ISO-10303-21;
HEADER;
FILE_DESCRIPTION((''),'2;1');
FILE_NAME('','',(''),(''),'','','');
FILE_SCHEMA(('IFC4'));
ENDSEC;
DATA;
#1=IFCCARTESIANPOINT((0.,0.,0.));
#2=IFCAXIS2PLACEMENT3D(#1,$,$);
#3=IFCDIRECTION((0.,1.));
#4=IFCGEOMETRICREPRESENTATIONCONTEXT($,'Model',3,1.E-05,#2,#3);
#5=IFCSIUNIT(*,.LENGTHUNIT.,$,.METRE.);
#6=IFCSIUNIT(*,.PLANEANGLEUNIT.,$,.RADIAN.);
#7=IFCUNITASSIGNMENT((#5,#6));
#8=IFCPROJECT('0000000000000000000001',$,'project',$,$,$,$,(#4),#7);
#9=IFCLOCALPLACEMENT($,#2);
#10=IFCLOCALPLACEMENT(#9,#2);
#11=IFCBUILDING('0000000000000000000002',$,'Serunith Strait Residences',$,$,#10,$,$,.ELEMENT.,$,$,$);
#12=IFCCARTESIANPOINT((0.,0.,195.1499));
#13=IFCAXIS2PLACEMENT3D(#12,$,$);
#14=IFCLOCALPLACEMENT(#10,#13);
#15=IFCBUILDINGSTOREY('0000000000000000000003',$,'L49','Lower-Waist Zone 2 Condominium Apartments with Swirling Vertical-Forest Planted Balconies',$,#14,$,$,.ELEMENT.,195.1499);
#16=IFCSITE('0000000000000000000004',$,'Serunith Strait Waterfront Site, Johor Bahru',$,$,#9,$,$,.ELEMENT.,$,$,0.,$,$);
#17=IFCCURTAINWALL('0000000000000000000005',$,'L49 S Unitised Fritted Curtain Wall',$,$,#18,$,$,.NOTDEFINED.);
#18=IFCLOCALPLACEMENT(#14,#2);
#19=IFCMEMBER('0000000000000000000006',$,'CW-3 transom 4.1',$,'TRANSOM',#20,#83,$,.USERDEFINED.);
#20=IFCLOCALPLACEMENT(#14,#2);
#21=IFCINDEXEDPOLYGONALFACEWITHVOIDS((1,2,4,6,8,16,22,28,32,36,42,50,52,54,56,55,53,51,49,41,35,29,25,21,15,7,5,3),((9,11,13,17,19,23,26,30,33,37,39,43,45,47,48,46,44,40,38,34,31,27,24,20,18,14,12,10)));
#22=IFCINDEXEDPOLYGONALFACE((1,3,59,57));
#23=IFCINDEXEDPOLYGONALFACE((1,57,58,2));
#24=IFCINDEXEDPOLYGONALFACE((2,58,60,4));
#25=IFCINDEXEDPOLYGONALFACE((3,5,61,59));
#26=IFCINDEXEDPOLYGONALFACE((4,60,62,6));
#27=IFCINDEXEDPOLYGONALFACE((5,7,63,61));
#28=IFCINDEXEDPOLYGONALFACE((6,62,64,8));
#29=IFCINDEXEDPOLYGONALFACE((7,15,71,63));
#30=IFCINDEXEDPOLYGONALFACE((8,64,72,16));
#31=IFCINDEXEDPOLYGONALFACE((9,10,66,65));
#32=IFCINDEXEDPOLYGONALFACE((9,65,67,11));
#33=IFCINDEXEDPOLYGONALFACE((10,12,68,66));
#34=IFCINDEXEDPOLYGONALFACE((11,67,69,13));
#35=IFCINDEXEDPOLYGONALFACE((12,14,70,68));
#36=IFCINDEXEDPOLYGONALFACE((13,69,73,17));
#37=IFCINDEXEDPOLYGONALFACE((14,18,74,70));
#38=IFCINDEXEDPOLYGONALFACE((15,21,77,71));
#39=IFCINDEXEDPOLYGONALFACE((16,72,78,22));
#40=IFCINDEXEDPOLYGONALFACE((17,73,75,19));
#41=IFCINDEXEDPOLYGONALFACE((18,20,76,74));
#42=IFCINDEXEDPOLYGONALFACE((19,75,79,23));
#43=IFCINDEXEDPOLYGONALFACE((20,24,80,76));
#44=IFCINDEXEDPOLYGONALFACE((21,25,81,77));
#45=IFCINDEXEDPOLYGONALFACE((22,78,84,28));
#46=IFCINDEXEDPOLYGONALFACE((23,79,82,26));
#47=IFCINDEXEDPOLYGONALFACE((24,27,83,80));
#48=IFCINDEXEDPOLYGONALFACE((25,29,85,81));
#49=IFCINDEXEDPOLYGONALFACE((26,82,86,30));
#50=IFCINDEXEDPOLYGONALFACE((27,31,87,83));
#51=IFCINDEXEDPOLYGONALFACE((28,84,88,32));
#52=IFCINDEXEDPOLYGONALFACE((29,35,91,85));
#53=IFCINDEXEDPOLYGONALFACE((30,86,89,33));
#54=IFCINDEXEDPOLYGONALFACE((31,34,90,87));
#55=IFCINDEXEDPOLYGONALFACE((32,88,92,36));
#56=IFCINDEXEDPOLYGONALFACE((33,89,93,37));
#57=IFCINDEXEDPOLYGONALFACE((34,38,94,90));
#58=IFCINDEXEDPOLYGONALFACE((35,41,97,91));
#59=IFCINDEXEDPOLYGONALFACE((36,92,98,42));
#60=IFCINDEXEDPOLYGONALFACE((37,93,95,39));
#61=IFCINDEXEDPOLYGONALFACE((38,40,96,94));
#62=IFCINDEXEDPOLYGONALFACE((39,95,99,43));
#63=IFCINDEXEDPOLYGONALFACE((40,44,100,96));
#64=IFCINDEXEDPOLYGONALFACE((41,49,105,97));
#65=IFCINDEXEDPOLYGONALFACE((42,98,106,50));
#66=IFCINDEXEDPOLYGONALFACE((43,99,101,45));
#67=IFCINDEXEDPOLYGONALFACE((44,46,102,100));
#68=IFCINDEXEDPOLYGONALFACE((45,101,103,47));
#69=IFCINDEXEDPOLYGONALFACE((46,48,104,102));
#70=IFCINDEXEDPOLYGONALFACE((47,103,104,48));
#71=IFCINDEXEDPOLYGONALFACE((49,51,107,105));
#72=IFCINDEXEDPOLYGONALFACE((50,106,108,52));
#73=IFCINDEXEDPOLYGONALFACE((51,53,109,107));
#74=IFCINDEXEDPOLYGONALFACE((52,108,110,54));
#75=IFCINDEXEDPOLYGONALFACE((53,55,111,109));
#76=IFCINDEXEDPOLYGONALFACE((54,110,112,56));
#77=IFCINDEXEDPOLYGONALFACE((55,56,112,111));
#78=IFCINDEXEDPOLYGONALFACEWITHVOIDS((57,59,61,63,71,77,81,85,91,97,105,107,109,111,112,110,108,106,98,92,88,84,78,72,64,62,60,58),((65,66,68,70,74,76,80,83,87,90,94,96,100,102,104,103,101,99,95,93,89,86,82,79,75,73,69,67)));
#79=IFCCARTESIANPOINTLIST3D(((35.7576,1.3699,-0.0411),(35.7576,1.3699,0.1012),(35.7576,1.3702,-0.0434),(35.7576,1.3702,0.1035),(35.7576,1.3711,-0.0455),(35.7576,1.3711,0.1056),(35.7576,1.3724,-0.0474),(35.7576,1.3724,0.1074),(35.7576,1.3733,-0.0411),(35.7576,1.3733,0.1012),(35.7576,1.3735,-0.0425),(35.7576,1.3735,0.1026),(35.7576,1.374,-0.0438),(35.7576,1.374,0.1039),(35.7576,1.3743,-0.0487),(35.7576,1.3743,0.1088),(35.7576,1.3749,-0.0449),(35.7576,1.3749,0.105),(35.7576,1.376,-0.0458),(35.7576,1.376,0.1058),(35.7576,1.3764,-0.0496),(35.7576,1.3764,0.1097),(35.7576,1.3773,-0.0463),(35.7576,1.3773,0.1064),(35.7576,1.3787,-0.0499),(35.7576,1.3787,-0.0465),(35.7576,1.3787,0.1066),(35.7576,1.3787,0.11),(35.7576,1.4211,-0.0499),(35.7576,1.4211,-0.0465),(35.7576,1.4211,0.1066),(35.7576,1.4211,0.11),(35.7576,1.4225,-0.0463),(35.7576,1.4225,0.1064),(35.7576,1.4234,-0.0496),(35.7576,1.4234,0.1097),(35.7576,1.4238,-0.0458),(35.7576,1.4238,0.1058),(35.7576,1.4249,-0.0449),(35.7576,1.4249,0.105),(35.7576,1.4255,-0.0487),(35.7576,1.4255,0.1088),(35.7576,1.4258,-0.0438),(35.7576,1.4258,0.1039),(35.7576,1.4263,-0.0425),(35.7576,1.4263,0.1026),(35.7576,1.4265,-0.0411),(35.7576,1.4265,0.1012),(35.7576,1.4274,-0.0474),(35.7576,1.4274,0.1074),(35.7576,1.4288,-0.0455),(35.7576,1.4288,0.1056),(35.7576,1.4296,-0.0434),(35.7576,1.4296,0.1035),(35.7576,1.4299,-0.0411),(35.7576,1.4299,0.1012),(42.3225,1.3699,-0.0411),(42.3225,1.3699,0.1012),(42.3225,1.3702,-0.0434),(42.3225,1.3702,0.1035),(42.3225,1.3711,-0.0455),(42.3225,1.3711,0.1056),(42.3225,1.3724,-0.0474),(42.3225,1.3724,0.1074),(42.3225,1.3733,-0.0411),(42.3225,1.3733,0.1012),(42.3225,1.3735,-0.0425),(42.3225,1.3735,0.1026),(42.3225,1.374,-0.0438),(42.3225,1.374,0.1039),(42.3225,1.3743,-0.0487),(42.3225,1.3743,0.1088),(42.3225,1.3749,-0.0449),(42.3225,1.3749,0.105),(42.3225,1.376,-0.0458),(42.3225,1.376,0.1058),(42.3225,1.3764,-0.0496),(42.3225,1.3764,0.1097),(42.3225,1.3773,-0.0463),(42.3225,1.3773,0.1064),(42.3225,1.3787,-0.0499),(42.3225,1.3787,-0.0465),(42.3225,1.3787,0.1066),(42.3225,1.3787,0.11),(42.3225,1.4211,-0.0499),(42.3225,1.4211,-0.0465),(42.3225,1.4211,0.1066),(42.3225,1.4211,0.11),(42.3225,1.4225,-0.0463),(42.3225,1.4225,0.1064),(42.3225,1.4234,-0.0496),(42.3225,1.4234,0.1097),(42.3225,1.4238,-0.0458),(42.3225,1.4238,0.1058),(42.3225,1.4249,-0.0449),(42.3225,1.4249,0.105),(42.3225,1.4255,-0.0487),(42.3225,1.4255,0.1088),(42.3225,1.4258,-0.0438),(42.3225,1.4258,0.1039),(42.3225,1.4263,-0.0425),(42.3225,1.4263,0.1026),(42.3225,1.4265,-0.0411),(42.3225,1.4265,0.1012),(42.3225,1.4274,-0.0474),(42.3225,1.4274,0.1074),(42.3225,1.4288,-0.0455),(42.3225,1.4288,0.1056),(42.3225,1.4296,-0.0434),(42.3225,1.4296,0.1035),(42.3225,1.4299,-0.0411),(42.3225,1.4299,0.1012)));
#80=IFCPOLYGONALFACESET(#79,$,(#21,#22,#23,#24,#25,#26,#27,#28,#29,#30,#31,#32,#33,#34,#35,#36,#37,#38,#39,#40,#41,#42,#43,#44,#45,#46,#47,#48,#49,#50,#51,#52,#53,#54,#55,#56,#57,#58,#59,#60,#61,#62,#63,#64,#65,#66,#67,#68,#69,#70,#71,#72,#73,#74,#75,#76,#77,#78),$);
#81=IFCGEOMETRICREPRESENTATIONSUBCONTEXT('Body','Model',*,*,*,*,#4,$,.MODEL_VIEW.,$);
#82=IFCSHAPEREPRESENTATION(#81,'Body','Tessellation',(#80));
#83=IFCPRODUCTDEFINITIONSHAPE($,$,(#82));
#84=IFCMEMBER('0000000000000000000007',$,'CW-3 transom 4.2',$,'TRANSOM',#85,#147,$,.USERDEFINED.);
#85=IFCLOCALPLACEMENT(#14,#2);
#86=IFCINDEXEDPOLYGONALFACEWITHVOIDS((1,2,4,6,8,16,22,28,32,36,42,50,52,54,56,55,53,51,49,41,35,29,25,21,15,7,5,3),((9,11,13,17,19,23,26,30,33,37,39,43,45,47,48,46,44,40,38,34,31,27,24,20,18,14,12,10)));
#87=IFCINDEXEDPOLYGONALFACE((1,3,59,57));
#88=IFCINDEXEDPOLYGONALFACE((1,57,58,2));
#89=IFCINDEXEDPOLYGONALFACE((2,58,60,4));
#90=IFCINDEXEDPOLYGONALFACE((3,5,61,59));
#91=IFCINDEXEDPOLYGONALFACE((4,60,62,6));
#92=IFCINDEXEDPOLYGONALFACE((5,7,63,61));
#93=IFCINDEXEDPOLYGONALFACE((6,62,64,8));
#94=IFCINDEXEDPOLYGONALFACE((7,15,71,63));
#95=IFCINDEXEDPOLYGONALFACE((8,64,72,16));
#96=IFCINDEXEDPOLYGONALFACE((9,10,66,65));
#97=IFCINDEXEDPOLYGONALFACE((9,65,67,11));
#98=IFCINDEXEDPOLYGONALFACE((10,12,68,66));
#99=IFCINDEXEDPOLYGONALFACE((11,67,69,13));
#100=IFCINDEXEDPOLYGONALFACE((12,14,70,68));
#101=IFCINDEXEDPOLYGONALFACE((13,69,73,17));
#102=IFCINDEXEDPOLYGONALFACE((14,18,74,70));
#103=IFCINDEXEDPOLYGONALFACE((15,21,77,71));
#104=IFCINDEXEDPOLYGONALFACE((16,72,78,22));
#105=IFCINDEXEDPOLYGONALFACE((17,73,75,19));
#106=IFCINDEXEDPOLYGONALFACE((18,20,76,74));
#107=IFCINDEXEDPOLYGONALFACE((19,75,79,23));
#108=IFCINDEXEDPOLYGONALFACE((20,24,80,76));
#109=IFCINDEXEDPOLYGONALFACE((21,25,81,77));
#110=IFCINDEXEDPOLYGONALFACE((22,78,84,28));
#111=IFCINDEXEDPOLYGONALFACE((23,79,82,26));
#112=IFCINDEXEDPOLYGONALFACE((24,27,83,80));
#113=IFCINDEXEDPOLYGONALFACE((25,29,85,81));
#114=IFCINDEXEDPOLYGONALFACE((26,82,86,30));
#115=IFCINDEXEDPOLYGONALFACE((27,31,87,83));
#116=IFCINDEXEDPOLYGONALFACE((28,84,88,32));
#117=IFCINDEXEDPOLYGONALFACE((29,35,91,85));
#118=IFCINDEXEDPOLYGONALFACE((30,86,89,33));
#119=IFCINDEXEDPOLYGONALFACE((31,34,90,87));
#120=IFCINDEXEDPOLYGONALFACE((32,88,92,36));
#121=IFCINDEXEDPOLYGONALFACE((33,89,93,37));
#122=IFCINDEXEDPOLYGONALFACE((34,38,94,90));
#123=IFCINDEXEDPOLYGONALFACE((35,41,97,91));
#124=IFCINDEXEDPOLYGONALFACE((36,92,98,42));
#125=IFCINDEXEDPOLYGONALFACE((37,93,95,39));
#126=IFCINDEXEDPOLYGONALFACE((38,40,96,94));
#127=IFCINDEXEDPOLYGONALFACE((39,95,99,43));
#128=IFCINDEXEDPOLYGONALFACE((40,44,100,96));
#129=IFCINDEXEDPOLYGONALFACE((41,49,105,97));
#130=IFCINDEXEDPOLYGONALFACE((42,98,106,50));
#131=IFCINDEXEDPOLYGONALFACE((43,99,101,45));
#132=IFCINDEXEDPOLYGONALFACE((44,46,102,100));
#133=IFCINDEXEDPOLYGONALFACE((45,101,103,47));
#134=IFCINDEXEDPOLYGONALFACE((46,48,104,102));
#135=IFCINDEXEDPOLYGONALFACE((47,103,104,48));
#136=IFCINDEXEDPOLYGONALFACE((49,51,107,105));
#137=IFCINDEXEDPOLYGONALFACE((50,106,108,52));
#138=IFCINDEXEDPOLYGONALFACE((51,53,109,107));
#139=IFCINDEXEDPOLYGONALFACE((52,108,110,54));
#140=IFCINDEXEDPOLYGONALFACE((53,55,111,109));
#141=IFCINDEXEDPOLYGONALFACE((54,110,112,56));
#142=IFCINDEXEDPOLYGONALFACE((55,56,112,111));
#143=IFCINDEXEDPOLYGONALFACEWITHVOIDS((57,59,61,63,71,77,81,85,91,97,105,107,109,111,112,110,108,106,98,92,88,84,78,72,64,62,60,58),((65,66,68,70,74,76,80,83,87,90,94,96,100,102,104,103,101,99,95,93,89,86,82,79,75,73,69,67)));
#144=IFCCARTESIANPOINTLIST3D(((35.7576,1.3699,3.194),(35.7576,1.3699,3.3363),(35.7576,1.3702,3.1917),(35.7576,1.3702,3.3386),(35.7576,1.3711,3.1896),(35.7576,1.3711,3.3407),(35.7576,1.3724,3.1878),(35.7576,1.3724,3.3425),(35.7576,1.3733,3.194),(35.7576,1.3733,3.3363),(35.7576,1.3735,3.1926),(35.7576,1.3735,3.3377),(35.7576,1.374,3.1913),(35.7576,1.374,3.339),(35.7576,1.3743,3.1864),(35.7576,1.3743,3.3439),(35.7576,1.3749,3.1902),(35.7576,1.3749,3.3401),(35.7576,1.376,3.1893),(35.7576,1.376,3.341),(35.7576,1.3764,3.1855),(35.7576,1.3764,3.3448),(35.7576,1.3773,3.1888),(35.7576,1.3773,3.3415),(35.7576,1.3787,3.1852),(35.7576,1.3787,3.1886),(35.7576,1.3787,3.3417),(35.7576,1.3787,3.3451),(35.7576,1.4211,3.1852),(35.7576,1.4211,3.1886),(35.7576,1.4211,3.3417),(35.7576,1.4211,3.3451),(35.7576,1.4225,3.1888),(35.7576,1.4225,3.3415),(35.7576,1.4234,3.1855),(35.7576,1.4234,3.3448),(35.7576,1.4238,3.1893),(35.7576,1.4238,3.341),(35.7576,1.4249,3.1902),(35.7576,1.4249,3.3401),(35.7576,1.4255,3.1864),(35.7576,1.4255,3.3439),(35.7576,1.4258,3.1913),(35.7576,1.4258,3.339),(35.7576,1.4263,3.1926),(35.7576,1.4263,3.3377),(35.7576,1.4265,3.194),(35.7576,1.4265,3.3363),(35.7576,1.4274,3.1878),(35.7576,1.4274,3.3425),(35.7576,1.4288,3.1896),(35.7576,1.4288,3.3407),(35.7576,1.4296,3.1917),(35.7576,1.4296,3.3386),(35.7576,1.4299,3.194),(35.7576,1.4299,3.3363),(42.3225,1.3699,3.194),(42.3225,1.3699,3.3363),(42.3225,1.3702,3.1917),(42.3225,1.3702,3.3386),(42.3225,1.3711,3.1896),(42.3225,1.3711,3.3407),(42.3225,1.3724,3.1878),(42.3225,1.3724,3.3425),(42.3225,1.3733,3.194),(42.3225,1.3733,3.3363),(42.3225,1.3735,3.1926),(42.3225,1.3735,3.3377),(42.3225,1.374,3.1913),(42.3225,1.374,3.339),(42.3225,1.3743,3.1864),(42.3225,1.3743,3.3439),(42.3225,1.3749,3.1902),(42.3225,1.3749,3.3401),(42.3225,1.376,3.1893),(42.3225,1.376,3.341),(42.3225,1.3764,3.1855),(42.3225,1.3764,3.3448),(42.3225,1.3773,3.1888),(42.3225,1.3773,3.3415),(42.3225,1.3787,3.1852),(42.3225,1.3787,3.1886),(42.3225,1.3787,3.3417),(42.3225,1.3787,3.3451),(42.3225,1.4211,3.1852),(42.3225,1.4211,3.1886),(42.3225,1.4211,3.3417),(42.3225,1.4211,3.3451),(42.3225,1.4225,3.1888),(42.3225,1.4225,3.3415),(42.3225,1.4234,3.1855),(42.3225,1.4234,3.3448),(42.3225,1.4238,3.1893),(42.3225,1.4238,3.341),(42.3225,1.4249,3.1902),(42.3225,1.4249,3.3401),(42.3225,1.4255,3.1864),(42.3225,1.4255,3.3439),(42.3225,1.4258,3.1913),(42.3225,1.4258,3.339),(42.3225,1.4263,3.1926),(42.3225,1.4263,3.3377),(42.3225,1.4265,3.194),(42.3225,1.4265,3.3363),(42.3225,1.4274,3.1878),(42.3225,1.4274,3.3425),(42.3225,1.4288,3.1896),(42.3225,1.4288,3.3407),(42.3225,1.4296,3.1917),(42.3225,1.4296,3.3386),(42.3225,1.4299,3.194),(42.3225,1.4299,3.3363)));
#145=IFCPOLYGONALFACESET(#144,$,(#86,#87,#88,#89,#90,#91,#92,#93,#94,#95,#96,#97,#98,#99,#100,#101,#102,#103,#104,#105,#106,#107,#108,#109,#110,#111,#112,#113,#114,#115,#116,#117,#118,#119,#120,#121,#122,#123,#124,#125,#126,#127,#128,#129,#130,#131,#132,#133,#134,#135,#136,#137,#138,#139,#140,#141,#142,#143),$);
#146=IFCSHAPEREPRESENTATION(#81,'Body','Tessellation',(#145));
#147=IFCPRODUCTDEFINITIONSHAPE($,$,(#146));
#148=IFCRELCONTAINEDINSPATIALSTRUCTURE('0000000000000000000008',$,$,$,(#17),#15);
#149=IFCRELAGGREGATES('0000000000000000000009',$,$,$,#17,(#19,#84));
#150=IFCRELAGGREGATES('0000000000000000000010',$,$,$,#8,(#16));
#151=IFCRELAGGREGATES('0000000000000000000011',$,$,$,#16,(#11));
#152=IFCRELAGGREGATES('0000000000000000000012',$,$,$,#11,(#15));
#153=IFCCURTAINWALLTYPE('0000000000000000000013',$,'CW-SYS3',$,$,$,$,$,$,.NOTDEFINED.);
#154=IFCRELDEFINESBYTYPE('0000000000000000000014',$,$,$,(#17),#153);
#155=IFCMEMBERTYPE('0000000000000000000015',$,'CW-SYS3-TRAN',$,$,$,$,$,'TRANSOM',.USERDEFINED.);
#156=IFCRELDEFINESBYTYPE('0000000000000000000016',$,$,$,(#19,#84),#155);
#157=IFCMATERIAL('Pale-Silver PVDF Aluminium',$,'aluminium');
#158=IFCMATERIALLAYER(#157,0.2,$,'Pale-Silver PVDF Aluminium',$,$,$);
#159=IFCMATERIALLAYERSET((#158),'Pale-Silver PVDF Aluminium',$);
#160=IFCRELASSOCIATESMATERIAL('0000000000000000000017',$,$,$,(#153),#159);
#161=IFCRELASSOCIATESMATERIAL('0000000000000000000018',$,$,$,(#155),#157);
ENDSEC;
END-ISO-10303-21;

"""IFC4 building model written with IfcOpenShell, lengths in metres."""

from ifc_helpers import new_model, si_unit, direction, frame, origin, origin_2d, place, context, subcontext, project, spatial, hollow_rectangle, extrude, source, transform, mapped, material, layer, layer_set, material_profile, profile_set, type_object, element, aggregate, save


model = new_model("IFC4")

# Units and contexts
model_context = context("Model", 3, precision=1e-05, world=origin(), true_north=direction((0.0, 1.0)))
body_context = subcontext(model_context, "Body", "Model", "MODEL_VIEW")
ifc_project = project(units=[si_unit("LENGTHUNIT", "METRE"), si_unit("PLANEANGLEUNIT", "RADIAN")], contexts=[model_context])

# Site, building, storey
site_placement = place(None, origin())
site = spatial("IfcSite", under=ifc_project, at=site_placement, Name="Serunith Strait Waterfront Site, Johor Bahru", CompositionType="ELEMENT", RefElevation=0.0)
building_placement = place(site_placement, origin())
building = spatial("IfcBuilding", under=site, at=building_placement, Name="Serunith Strait Residences", CompositionType="ELEMENT")
storey_placement = place(building_placement, frame((0.0, 0.0, 195.1499)))
storey = spatial("IfcBuildingStorey", under=building, at=storey_placement, Name="L49", Description="Lower-Waist Zone 2 Condominium Apartments with Swirling Vertical-Forest Planted Balconies", CompositionType="ELEMENT", Elevation=195.1499)

# Curtain wall, members
ifc_material_1 = material(Name="Pale-Silver PVDF Aluminium", Category="aluminium")
ifc_layer_1 = layer(ifc_material_1, 0.2, Name="Pale-Silver PVDF Aluminium")
ifc_layer_set_1 = layer_set([ifc_layer_1], Name="Pale-Silver PVDF Aluminium")
curtain_wall_type = type_object("IfcCurtainWallType", Name="CW-SYS3", PredefinedType="NOTDEFINED", material=ifc_layer_set_1)
curtain_wall_placement = place(storey_placement, origin())
curtain_wall = element("IfcCurtainWall", 1, at=curtain_wall_placement, inside=storey, type_object=curtain_wall_type, Name="L49 S Unitised Fritted Curtain Wall", PredefinedType="NOTDEFINED")
ifc_material_profile_1 = material_profile(ifc_material_1, hollow_rectangle(XDim=0.0601, YDim=0.1599, WallThickness=0.0034, InnerFilletRadius=0.0054, OuterFilletRadius=0.0088, at=origin_2d()), Name="ALU 160x60x3.5")
ifc_profile_set_1 = profile_set([ifc_material_profile_1], Name="Pale-Silver PVDF Aluminium")
member_type_1 = type_object("IfcMemberType", Name="CW-SYS3-TRAN", ElementType="TRANSOM", PredefinedType="USERDEFINED", material=ifc_profile_set_1)
shared_shape_1 = source(origin(), body_context, "Body", "SweptSolid", [
    extrude(hollow_rectangle(XDim=0.0601, YDim=0.1599, WallThickness=0.0034, InnerFilletRadius=0.0054, OuterFilletRadius=0.0088, at=origin_2d()), origin(), (0.0, 0.0, 1.0), 6.5649),
])
member_1_placement = place(storey_placement, frame((35.7576, 1.3999, 0.03), z_axis=(1.0, 0.0, 0.0), x_axis=(0.0, 1.0, 0.0)))
member_1 = element("IfcMember", 2, at=member_1_placement, type_object=member_type_1, Name="CW-3 transom 4.1", ObjectType="TRANSOM", PredefinedType="USERDEFINED", context=body_context, shape_type="MappedRepresentation", body=[
    mapped(shared_shape_1, transform((0.0, 0.0, 0.0), scale=1.0)),
])
member_2_placement = place(storey_placement, frame((35.7576, 1.3999, 3.2651), z_axis=(1.0, 0.0, 0.0), x_axis=(0.0, 1.0, 0.0)))
member_2 = element("IfcMember", 3, at=member_2_placement, type_object=member_type_1, Name="CW-3 transom 4.2", ObjectType="TRANSOM", PredefinedType="USERDEFINED", context=body_context, shape_type="MappedRepresentation", body=[
    mapped(shared_shape_1, transform((0.0, 0.0, 0.0), scale=1.0)),
])
aggregate(curtain_wall, [member_1, member_2])

save(model, "model.ifc")
